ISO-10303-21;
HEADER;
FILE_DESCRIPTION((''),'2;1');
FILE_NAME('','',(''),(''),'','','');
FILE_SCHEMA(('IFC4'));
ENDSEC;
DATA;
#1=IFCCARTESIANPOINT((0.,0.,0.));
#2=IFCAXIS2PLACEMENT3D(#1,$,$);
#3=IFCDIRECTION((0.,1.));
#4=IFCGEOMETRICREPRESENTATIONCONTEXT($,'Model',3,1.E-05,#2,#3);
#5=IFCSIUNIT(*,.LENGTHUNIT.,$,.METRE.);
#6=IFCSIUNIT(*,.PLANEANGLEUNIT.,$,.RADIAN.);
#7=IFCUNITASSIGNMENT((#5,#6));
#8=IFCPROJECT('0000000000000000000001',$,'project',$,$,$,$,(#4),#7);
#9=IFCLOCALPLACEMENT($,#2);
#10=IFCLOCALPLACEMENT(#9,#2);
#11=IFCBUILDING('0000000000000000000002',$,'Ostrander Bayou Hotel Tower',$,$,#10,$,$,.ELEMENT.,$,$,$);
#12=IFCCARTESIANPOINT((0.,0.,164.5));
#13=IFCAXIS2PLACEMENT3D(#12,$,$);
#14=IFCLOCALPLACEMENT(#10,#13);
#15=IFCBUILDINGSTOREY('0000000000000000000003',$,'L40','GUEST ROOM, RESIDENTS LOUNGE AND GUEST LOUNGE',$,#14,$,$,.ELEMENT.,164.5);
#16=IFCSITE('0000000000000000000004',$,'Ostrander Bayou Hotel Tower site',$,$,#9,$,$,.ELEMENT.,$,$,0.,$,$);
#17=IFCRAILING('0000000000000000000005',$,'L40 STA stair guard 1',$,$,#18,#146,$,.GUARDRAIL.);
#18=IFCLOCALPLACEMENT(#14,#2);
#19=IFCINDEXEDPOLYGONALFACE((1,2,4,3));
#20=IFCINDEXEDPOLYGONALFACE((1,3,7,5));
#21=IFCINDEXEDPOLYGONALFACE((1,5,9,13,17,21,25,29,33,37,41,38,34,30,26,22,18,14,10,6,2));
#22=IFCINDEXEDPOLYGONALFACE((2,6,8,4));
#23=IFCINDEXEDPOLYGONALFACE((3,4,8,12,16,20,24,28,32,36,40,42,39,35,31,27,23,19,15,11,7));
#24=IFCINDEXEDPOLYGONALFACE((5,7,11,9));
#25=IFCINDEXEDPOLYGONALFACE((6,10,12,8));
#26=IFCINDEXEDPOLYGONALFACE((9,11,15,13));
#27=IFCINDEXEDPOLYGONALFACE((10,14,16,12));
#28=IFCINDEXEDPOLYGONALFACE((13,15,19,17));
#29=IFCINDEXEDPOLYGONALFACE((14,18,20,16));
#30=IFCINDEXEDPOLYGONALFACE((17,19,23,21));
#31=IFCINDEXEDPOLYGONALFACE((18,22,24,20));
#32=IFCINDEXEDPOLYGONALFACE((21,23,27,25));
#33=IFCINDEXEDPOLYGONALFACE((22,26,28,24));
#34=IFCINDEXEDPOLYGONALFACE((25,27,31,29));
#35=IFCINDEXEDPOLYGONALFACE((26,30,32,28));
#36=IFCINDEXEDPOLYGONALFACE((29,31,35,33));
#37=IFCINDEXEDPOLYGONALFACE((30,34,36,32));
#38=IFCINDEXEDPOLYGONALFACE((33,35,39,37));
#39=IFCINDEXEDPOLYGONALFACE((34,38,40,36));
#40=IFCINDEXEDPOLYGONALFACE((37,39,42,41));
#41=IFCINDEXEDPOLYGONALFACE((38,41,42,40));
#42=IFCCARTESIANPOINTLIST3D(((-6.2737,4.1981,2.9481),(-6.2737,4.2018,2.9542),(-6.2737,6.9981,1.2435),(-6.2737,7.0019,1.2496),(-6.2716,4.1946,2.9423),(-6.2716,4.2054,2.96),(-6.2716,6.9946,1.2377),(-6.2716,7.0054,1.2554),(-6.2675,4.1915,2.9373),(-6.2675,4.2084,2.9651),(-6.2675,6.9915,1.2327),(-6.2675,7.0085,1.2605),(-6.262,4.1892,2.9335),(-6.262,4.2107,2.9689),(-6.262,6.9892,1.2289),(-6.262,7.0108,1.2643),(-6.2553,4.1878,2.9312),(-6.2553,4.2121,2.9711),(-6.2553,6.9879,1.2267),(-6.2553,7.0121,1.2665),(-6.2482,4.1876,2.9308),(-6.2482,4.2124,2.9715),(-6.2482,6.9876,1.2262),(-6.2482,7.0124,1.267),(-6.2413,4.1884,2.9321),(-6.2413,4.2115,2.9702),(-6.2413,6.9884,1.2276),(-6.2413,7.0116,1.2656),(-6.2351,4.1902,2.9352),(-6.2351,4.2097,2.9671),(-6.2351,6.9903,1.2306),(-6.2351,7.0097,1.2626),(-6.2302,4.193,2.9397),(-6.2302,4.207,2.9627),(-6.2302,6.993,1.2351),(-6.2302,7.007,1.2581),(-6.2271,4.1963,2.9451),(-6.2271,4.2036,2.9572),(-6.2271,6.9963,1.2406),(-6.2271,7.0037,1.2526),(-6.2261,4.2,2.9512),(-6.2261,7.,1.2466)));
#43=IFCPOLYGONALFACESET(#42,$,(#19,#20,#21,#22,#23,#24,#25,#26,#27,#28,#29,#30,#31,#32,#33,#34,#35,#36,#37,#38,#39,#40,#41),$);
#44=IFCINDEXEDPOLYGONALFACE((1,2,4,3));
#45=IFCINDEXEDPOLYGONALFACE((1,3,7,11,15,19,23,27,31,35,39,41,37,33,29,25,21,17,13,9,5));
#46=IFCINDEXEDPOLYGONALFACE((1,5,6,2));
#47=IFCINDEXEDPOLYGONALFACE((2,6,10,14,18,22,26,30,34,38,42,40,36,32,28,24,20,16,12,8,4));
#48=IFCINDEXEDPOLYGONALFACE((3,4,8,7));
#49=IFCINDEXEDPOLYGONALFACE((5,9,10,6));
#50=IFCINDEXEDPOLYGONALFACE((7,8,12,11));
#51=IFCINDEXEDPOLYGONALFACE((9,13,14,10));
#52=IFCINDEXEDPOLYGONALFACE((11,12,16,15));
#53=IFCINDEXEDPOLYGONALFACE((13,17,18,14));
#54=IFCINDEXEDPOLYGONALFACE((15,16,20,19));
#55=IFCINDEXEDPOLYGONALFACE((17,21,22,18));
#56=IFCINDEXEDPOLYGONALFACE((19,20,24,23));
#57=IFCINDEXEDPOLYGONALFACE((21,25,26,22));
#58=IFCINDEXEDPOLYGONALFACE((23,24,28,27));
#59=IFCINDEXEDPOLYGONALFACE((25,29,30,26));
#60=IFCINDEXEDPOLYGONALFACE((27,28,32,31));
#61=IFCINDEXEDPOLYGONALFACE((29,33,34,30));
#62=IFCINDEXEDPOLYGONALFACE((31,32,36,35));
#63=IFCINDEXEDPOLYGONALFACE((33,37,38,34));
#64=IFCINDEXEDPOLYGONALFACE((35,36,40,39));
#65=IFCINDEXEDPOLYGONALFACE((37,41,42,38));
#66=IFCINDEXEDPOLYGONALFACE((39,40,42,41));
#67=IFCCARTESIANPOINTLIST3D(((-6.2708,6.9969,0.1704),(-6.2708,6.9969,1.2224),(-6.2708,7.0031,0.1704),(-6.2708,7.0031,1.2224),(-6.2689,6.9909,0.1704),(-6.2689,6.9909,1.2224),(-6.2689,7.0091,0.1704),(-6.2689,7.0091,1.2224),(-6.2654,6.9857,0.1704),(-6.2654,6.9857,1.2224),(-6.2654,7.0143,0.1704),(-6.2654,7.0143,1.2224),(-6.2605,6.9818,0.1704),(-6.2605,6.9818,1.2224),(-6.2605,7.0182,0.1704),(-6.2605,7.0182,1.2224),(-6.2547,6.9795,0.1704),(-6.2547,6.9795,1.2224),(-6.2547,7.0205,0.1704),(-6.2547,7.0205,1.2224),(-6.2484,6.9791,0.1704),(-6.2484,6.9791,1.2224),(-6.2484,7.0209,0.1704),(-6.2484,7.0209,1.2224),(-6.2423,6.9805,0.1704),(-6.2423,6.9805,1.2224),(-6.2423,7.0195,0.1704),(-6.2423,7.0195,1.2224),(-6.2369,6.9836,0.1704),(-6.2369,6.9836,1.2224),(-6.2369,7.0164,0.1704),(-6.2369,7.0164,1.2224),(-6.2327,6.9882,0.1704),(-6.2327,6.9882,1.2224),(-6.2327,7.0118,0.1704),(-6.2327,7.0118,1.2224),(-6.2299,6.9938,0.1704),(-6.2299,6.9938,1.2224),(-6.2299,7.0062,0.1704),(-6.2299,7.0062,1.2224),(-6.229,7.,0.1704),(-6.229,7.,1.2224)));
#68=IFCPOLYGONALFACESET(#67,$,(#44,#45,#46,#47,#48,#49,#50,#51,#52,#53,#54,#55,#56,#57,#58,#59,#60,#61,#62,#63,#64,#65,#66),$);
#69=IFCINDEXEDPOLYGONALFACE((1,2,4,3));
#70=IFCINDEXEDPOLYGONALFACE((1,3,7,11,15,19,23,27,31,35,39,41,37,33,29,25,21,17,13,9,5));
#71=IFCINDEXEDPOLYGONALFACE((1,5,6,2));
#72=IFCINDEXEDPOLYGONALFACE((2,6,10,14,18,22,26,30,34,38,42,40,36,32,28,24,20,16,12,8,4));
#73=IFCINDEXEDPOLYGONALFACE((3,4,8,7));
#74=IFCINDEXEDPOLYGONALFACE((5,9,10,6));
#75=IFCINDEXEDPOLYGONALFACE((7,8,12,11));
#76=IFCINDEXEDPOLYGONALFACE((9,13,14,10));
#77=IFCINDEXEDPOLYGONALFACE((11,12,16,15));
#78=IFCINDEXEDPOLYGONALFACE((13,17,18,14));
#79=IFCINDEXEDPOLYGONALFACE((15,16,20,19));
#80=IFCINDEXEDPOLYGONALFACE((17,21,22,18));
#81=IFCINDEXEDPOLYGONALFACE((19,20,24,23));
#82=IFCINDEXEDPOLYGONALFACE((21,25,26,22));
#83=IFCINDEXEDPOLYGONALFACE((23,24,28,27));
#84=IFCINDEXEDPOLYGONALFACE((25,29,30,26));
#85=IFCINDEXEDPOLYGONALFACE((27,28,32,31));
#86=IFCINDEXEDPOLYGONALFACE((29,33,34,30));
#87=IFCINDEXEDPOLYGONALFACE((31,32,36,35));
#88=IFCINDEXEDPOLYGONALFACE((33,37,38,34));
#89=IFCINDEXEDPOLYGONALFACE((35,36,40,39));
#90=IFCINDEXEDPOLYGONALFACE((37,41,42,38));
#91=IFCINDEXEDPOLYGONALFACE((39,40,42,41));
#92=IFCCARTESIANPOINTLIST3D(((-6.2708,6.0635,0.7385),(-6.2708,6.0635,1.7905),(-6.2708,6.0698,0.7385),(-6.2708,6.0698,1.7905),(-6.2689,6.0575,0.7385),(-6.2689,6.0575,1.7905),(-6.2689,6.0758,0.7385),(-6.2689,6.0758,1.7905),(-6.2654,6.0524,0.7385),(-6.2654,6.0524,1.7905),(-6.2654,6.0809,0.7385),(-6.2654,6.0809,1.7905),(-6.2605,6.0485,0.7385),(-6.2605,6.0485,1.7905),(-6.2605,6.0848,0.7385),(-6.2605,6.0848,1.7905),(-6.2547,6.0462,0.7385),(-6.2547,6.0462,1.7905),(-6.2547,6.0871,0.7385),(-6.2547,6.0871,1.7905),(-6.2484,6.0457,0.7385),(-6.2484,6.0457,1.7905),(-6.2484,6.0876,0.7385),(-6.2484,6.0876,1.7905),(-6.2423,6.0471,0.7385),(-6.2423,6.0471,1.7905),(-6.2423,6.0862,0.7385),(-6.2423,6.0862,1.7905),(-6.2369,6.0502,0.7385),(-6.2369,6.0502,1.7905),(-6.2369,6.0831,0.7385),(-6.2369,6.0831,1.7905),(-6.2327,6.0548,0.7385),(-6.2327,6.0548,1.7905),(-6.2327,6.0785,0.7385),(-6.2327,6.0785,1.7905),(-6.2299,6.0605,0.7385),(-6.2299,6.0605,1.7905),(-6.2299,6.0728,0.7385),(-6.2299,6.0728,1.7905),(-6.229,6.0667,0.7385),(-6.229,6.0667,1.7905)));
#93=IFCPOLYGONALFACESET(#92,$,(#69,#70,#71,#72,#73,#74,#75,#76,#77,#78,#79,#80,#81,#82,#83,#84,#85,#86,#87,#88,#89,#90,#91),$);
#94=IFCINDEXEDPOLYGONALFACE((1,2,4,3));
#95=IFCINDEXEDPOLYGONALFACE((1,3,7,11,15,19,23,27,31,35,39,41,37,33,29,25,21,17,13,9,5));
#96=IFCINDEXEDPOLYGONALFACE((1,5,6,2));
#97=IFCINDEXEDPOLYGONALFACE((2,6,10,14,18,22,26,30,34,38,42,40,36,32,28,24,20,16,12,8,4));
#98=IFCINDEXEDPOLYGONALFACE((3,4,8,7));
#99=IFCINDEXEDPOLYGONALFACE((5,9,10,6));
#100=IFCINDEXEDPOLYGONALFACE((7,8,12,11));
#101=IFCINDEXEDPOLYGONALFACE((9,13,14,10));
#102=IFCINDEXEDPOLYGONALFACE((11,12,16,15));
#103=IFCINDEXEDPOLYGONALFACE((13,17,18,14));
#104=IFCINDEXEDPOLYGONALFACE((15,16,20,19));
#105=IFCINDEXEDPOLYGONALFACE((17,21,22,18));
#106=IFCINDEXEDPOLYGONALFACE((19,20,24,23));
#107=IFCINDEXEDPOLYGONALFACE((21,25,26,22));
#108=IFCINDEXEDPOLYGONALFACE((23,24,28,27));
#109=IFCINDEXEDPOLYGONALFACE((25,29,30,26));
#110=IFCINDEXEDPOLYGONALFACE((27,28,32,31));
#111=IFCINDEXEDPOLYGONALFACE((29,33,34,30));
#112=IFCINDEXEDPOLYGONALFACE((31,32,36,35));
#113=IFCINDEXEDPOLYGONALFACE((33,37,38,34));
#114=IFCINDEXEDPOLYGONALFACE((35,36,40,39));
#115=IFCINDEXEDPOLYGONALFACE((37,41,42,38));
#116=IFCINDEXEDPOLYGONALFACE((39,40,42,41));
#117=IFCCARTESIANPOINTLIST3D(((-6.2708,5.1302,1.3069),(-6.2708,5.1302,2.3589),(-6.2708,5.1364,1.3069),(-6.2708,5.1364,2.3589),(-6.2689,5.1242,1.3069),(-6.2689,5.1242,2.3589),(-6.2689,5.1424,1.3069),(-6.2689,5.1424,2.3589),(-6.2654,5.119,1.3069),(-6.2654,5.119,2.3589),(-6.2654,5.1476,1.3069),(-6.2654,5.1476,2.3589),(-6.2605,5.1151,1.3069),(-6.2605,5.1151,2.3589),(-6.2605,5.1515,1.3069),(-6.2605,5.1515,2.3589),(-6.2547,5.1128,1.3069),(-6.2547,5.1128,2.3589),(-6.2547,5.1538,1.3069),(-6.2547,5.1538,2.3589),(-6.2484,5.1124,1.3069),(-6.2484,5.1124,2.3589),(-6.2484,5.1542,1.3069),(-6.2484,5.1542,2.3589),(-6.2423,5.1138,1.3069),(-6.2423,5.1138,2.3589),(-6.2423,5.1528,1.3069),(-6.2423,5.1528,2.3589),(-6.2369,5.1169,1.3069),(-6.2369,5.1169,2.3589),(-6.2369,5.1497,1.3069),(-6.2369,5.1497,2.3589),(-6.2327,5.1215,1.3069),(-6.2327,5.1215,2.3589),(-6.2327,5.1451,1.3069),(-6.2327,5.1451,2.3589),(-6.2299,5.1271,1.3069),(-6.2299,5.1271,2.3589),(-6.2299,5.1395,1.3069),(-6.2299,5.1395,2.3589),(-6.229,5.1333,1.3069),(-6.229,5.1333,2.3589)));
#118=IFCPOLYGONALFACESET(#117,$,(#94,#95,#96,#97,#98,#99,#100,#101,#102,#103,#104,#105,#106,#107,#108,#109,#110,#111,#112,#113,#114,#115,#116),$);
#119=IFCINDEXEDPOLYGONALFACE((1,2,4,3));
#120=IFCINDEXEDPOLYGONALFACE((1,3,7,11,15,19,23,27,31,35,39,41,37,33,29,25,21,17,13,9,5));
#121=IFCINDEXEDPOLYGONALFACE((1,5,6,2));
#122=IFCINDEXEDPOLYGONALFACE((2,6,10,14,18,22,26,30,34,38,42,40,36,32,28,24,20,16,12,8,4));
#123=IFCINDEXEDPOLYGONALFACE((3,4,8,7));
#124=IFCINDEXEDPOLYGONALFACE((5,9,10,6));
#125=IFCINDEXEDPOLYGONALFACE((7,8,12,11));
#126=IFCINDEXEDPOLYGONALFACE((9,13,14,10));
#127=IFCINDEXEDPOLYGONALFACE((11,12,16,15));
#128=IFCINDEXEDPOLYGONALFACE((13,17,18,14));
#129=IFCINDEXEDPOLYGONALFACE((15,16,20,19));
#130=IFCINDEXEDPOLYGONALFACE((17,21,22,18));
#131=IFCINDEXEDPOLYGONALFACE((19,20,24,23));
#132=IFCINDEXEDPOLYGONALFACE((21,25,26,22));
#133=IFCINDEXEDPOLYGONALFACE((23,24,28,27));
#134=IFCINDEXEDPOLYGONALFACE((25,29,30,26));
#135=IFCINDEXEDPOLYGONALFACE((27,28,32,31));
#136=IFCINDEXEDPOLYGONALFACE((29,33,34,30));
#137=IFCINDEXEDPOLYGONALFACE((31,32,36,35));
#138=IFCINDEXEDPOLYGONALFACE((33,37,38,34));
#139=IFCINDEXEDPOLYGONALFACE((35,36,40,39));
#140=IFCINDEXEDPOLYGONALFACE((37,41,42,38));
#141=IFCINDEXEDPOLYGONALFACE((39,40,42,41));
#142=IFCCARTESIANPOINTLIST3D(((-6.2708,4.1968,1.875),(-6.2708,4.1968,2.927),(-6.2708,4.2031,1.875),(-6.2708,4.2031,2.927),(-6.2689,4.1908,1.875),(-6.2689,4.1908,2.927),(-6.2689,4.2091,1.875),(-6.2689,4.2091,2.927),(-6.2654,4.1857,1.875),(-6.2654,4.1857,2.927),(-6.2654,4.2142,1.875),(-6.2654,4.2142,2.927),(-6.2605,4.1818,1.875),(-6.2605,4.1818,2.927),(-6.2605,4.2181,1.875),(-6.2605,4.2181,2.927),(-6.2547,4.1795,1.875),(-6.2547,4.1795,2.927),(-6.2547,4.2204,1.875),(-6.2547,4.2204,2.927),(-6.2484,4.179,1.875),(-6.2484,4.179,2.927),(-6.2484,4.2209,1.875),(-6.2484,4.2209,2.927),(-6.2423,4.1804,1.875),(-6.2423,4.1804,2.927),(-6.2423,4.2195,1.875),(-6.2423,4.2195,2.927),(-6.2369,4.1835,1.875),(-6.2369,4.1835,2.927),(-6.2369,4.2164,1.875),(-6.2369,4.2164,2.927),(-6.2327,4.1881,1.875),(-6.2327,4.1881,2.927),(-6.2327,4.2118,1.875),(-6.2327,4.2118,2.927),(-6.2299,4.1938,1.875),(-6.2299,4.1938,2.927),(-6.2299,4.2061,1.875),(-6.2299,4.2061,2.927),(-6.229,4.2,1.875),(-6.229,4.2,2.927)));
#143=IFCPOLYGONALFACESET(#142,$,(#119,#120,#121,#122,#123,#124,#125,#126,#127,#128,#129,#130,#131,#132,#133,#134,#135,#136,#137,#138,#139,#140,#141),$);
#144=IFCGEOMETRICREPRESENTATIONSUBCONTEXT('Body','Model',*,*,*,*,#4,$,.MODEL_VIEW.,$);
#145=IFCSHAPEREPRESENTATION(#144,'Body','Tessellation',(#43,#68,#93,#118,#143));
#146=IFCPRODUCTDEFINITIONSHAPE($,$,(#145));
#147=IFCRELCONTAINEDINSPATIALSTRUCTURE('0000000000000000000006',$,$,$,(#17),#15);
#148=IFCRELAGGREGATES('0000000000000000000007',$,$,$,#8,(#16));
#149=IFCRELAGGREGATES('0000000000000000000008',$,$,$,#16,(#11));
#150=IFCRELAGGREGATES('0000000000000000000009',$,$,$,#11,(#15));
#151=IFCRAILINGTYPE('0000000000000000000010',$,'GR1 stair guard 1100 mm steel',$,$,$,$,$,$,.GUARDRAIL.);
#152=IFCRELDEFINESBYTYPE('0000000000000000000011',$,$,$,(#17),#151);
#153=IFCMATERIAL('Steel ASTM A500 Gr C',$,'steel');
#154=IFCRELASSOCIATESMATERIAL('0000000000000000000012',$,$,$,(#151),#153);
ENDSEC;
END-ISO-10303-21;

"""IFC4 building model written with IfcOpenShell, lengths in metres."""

from ifc_helpers import new_model, si_unit, direction, frame, origin, origin_2d, place, context, subcontext, project, spatial, circle, extrude, material, type_object, element, save


model = new_model("IFC4")

# Units and contexts
model_context = context("Model", 3, precision=1e-05, world=origin(), true_north=direction((0.0, 1.0)))
body_context = subcontext(model_context, "Body", "Model", "MODEL_VIEW")
ifc_project = project(units=[si_unit("LENGTHUNIT", "METRE"), si_unit("PLANEANGLEUNIT", "RADIAN")], contexts=[model_context])

# Site, building, storey
site_placement = place(None, origin())
site = spatial("IfcSite", under=ifc_project, at=site_placement, Name="Ostrander Bayou Hotel Tower site", CompositionType="ELEMENT", RefElevation=0.0)
building_placement = place(site_placement, origin())
building = spatial("IfcBuilding", under=site, at=building_placement, Name="Ostrander Bayou Hotel Tower", CompositionType="ELEMENT")
storey_placement = place(building_placement, frame((0.0, 0.0, 164.5)))
storey = spatial("IfcBuildingStorey", under=building, at=storey_placement, Name="L40", Description="GUEST ROOM, RESIDENTS LOUNGE AND GUEST LOUNGE", CompositionType="ELEMENT", Elevation=164.5)

# Railing
ifc_material_1 = material(Name="Steel ASTM A500 Gr C", Category="steel")
railing_type_1 = type_object("IfcRailingType", Name="GR1 stair guard 1100 mm steel", PredefinedType="GUARDRAIL", material=ifc_material_1)
railing_1_placement = place(storey_placement, frame((-6.25, 7.0, 0.1704)))
element("IfcRailing", 1, at=railing_1_placement, inside=storey, type_object=railing_type_1, Name="L40 STA stair guard 1", PredefinedType="GUARDRAIL", context=body_context, shape_type="SweptSolid", body=[
    extrude(circle(Radius=0.0239, at=origin_2d()), frame((0.0, 0.0, 1.0762), z_axis=(0.0, -0.85417, 0.519994), x_axis=(1.0, 0.0, 0.0)), (0.0, 0.0, 1.0), 3.2781),
    extrude(circle(Radius=0.021, at=origin_2d()), origin(), (0.0, 0.0, 1.0), 1.052),
    extrude(circle(Radius=0.021, at=origin_2d()), frame((0.0, -0.9333, 0.5681)), (0.0, 0.0, 1.0), 1.052),
    extrude(circle(Radius=0.021, at=origin_2d()), frame((0.0, -1.8667, 1.1365)), (0.0, 0.0, 1.0), 1.052),
    extrude(circle(Radius=0.021, at=origin_2d()), frame((0.0, -2.8, 1.7046)), (0.0, 0.0, 1.0), 1.052),
])

save(model, "model.ifc")
